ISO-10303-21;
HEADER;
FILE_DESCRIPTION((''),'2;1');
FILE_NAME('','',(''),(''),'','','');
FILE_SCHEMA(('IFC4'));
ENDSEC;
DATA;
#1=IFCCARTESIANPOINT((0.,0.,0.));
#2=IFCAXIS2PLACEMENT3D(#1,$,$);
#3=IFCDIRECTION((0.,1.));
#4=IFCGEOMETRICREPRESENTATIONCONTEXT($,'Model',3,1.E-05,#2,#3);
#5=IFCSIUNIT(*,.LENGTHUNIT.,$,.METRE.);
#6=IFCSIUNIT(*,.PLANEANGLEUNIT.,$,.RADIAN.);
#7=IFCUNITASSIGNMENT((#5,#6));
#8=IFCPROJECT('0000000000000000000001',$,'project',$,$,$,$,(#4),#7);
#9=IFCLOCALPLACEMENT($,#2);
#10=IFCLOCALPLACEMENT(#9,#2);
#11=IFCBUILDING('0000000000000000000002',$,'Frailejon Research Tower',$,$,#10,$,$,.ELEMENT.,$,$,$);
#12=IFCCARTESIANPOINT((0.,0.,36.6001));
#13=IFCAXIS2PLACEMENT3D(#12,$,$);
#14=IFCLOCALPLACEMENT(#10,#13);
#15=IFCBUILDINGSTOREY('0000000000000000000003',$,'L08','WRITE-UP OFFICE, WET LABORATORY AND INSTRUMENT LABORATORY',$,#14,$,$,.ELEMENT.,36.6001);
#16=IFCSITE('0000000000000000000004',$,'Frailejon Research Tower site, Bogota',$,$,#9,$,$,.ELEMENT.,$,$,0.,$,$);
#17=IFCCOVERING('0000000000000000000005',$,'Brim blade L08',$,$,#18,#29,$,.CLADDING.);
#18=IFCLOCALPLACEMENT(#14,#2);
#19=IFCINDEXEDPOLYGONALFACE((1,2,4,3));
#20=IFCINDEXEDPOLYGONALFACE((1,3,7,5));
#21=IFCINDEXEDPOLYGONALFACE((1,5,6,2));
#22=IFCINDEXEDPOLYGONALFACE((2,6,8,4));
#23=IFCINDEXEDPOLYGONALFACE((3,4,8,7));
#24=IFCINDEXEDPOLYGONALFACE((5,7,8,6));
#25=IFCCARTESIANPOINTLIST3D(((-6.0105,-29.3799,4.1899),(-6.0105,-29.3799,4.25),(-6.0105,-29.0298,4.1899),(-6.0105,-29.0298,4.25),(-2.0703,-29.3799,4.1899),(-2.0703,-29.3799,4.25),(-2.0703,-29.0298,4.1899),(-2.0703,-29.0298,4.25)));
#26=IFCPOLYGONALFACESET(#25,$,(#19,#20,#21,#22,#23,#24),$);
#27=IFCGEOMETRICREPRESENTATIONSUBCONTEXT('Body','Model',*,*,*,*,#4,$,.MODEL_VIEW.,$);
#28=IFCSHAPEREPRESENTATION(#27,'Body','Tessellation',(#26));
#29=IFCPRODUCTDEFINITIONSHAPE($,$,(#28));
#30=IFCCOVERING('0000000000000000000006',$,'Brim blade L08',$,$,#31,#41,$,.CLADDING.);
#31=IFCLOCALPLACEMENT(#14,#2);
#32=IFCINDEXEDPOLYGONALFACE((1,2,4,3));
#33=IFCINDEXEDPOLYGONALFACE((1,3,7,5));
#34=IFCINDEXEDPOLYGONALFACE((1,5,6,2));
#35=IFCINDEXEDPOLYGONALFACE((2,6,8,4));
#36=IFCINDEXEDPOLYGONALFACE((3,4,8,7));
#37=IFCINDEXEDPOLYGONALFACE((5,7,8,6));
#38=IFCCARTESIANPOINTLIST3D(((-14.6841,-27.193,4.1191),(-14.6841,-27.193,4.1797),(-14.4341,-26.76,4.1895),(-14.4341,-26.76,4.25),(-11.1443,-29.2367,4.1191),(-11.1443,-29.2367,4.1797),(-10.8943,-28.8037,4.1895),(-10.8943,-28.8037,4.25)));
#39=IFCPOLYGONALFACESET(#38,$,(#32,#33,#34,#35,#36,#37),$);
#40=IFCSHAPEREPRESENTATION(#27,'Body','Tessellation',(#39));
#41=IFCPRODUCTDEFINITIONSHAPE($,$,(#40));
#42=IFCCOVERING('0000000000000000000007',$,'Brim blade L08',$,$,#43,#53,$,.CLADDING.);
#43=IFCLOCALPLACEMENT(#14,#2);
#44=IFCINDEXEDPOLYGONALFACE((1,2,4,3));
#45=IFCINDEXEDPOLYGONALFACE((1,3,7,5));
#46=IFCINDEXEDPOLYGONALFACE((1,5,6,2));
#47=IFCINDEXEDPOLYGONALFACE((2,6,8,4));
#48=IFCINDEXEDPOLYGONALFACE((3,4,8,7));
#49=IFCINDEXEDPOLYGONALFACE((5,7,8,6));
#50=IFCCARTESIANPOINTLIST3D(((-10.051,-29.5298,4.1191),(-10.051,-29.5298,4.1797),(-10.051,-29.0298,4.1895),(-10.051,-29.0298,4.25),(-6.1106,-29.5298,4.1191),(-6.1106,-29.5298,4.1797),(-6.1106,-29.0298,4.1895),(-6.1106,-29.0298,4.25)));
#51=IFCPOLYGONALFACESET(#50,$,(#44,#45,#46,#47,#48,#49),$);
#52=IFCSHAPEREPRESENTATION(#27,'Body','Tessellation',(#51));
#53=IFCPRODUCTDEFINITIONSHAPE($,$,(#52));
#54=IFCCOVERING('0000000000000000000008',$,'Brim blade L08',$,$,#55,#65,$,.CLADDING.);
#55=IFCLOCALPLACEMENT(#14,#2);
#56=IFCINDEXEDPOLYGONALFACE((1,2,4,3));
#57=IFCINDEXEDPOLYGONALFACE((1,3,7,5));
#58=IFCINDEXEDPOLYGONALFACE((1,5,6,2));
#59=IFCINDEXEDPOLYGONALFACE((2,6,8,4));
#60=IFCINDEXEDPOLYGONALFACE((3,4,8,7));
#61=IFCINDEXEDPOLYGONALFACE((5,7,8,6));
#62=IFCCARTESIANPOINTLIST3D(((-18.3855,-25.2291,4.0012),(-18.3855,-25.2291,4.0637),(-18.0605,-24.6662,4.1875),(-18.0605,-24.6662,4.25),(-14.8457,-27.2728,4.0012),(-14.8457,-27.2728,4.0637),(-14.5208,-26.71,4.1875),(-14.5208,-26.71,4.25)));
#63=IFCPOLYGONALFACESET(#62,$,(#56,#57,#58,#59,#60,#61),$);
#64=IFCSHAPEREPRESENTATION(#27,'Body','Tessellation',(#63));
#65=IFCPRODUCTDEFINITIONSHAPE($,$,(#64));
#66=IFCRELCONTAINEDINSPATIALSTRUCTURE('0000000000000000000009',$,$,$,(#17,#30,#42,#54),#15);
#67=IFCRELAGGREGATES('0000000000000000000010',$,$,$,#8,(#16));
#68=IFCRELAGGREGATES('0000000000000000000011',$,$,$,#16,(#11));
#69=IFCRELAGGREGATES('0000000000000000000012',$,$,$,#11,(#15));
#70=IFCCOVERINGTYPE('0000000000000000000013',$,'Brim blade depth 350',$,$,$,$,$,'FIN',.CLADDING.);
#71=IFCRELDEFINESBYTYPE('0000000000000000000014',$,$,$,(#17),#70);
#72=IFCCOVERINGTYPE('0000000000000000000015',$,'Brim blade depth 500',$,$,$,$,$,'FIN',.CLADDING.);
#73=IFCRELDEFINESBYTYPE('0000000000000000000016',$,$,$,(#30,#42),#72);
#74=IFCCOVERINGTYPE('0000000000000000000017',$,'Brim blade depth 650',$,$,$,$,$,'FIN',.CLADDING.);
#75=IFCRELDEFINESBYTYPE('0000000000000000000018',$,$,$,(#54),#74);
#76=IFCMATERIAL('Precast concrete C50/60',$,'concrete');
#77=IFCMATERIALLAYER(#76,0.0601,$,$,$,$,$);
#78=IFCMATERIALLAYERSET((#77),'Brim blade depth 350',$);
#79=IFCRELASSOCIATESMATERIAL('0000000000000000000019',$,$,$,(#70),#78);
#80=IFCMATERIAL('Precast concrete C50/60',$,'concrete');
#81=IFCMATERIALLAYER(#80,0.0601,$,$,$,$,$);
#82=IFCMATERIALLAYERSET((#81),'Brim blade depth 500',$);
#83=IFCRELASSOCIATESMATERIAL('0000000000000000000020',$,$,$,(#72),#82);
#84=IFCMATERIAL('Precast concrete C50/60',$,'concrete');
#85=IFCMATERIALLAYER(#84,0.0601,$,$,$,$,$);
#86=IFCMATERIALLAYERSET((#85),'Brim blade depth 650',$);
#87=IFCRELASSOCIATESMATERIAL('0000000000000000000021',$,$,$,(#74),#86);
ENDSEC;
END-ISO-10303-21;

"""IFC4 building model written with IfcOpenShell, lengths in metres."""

from ifc_helpers import new_model, si_unit, direction, frame, origin, place, context, subcontext, project, spatial, polyline, outline, extrude, material, layer, layer_set, type_object, element, save


model = new_model("IFC4")

# Units and contexts
model_context = context("Model", 3, precision=1e-05, world=origin(), true_north=direction((0.0, 1.0)))
body_context = subcontext(model_context, "Body", "Model", "MODEL_VIEW")
ifc_project = project(units=[si_unit("LENGTHUNIT", "METRE"), si_unit("PLANEANGLEUNIT", "RADIAN")], contexts=[model_context])

# Site, building, storey
site_placement = place(None, origin())
site = spatial("IfcSite", under=ifc_project, at=site_placement, Name="Frailejon Research Tower site, Bogota", CompositionType="ELEMENT", RefElevation=0.0)
building_placement = place(site_placement, origin())
building = spatial("IfcBuilding", under=site, at=building_placement, Name="Frailejon Research Tower", CompositionType="ELEMENT")
storey_placement = place(building_placement, frame((0.0, 0.0, 36.6001)))
storey = spatial("IfcBuildingStorey", under=building, at=storey_placement, Name="L08", Description="WRITE-UP OFFICE, WET LABORATORY AND INSTRUMENT LABORATORY", CompositionType="ELEMENT", Elevation=36.6001)

# Coverings
ifc_material_1 = material(Name="Precast concrete C50/60", Category="concrete")
ifc_layer_1 = layer(ifc_material_1, 0.0601)
ifc_layer_set_1 = layer_set([ifc_layer_1], Name="Brim blade depth 350")
covering_type_1 = type_object("IfcCoveringType", Name="Brim blade depth 350", ElementType="FIN", PredefinedType="CLADDING", material=ifc_layer_set_1)
covering_1_placement = place(storey_placement, frame((-2.0703, -29.0298, 4.25), z_axis=(-1.0, 0.0, 0.0), x_axis=(0.0, -1.0, 0.0)))
element("IfcCovering", 1, at=covering_1_placement, inside=storey, type_object=covering_type_1, Name="Brim blade L08", PredefinedType="CLADDING", context=body_context, shape_type="SweptSolid", body=[
    extrude(outline(polyline([(0.0, -0.0601), (0.3501, -0.0601), (0.3501, 0.0), (0.0, 0.0), (0.0, -0.0601)])), origin(), (0.0, 0.0, 1.0), 3.9402),
])
ifc_material_2 = material(Name="Precast concrete C50/60", Category="concrete")
ifc_layer_2 = layer(ifc_material_2, 0.0601)
ifc_layer_set_2 = layer_set([ifc_layer_2], Name="Brim blade depth 500")
covering_type_2 = type_object("IfcCoveringType", Name="Brim blade depth 500", ElementType="FIN", PredefinedType="CLADDING", material=ifc_layer_set_2)
covering_2_placement = place(storey_placement, frame((-10.8943, -28.8037, 4.25), z_axis=(-0.866021, 0.500007, 0.0), x_axis=(-0.500007, -0.866021, 0.0)))
element("IfcCovering", 2, at=covering_2_placement, inside=storey, type_object=covering_type_2, Name="Brim blade L08", PredefinedType="CLADDING", context=body_context, shape_type="SweptSolid", body=[
    extrude(outline(polyline([(0.0, -0.0605), (0.5, -0.1309), (0.5, -0.0703), (0.0, 0.0), (0.0, -0.0605)])), origin(), (0.0, 0.0, 1.0), 4.0874),
])
covering_3_placement = place(storey_placement, frame((-6.1106, -29.0298, 4.25), z_axis=(-1.0, 0.0, 0.0), x_axis=(0.0, -1.0, 0.0)))
element("IfcCovering", 3, at=covering_3_placement, inside=storey, type_object=covering_type_2, Name="Brim blade L08", PredefinedType="CLADDING", context=body_context, shape_type="SweptSolid", body=[
    extrude(outline(polyline([(0.0, -0.0605), (0.5, -0.1309), (0.5, -0.0703), (0.0, 0.0), (0.0, -0.0605)])), origin(), (0.0, 0.0, 1.0), 3.9404),
])
ifc_material_3 = material(Name="Precast concrete C50/60", Category="concrete")
ifc_layer_3 = layer(ifc_material_3, 0.0601)
ifc_layer_set_3 = layer_set([ifc_layer_3], Name="Brim blade depth 650")
covering_type_3 = type_object("IfcCoveringType", Name="Brim blade depth 650", ElementType="FIN", PredefinedType="CLADDING", material=ifc_layer_set_3)
covering_4_placement = place(storey_placement, frame((-14.5208, -26.71, 4.25), z_axis=(-0.866021, 0.500007, 0.0), x_axis=(-0.500007, -0.866021, 0.0)))
element("IfcCovering", 4, at=covering_4_placement, inside=storey, type_object=covering_type_3, Name="Brim blade L08", PredefinedType="CLADDING", context=body_context, shape_type="SweptSolid", body=[
    extrude(outline(polyline([(0.0, -0.0625), (0.6499, -0.2488), (0.6499, -0.1863), (0.0, 0.0), (0.0, -0.0625)])), origin(), (0.0, 0.0, 1.0), 4.0874),
])

save(model, "model.ifc")
